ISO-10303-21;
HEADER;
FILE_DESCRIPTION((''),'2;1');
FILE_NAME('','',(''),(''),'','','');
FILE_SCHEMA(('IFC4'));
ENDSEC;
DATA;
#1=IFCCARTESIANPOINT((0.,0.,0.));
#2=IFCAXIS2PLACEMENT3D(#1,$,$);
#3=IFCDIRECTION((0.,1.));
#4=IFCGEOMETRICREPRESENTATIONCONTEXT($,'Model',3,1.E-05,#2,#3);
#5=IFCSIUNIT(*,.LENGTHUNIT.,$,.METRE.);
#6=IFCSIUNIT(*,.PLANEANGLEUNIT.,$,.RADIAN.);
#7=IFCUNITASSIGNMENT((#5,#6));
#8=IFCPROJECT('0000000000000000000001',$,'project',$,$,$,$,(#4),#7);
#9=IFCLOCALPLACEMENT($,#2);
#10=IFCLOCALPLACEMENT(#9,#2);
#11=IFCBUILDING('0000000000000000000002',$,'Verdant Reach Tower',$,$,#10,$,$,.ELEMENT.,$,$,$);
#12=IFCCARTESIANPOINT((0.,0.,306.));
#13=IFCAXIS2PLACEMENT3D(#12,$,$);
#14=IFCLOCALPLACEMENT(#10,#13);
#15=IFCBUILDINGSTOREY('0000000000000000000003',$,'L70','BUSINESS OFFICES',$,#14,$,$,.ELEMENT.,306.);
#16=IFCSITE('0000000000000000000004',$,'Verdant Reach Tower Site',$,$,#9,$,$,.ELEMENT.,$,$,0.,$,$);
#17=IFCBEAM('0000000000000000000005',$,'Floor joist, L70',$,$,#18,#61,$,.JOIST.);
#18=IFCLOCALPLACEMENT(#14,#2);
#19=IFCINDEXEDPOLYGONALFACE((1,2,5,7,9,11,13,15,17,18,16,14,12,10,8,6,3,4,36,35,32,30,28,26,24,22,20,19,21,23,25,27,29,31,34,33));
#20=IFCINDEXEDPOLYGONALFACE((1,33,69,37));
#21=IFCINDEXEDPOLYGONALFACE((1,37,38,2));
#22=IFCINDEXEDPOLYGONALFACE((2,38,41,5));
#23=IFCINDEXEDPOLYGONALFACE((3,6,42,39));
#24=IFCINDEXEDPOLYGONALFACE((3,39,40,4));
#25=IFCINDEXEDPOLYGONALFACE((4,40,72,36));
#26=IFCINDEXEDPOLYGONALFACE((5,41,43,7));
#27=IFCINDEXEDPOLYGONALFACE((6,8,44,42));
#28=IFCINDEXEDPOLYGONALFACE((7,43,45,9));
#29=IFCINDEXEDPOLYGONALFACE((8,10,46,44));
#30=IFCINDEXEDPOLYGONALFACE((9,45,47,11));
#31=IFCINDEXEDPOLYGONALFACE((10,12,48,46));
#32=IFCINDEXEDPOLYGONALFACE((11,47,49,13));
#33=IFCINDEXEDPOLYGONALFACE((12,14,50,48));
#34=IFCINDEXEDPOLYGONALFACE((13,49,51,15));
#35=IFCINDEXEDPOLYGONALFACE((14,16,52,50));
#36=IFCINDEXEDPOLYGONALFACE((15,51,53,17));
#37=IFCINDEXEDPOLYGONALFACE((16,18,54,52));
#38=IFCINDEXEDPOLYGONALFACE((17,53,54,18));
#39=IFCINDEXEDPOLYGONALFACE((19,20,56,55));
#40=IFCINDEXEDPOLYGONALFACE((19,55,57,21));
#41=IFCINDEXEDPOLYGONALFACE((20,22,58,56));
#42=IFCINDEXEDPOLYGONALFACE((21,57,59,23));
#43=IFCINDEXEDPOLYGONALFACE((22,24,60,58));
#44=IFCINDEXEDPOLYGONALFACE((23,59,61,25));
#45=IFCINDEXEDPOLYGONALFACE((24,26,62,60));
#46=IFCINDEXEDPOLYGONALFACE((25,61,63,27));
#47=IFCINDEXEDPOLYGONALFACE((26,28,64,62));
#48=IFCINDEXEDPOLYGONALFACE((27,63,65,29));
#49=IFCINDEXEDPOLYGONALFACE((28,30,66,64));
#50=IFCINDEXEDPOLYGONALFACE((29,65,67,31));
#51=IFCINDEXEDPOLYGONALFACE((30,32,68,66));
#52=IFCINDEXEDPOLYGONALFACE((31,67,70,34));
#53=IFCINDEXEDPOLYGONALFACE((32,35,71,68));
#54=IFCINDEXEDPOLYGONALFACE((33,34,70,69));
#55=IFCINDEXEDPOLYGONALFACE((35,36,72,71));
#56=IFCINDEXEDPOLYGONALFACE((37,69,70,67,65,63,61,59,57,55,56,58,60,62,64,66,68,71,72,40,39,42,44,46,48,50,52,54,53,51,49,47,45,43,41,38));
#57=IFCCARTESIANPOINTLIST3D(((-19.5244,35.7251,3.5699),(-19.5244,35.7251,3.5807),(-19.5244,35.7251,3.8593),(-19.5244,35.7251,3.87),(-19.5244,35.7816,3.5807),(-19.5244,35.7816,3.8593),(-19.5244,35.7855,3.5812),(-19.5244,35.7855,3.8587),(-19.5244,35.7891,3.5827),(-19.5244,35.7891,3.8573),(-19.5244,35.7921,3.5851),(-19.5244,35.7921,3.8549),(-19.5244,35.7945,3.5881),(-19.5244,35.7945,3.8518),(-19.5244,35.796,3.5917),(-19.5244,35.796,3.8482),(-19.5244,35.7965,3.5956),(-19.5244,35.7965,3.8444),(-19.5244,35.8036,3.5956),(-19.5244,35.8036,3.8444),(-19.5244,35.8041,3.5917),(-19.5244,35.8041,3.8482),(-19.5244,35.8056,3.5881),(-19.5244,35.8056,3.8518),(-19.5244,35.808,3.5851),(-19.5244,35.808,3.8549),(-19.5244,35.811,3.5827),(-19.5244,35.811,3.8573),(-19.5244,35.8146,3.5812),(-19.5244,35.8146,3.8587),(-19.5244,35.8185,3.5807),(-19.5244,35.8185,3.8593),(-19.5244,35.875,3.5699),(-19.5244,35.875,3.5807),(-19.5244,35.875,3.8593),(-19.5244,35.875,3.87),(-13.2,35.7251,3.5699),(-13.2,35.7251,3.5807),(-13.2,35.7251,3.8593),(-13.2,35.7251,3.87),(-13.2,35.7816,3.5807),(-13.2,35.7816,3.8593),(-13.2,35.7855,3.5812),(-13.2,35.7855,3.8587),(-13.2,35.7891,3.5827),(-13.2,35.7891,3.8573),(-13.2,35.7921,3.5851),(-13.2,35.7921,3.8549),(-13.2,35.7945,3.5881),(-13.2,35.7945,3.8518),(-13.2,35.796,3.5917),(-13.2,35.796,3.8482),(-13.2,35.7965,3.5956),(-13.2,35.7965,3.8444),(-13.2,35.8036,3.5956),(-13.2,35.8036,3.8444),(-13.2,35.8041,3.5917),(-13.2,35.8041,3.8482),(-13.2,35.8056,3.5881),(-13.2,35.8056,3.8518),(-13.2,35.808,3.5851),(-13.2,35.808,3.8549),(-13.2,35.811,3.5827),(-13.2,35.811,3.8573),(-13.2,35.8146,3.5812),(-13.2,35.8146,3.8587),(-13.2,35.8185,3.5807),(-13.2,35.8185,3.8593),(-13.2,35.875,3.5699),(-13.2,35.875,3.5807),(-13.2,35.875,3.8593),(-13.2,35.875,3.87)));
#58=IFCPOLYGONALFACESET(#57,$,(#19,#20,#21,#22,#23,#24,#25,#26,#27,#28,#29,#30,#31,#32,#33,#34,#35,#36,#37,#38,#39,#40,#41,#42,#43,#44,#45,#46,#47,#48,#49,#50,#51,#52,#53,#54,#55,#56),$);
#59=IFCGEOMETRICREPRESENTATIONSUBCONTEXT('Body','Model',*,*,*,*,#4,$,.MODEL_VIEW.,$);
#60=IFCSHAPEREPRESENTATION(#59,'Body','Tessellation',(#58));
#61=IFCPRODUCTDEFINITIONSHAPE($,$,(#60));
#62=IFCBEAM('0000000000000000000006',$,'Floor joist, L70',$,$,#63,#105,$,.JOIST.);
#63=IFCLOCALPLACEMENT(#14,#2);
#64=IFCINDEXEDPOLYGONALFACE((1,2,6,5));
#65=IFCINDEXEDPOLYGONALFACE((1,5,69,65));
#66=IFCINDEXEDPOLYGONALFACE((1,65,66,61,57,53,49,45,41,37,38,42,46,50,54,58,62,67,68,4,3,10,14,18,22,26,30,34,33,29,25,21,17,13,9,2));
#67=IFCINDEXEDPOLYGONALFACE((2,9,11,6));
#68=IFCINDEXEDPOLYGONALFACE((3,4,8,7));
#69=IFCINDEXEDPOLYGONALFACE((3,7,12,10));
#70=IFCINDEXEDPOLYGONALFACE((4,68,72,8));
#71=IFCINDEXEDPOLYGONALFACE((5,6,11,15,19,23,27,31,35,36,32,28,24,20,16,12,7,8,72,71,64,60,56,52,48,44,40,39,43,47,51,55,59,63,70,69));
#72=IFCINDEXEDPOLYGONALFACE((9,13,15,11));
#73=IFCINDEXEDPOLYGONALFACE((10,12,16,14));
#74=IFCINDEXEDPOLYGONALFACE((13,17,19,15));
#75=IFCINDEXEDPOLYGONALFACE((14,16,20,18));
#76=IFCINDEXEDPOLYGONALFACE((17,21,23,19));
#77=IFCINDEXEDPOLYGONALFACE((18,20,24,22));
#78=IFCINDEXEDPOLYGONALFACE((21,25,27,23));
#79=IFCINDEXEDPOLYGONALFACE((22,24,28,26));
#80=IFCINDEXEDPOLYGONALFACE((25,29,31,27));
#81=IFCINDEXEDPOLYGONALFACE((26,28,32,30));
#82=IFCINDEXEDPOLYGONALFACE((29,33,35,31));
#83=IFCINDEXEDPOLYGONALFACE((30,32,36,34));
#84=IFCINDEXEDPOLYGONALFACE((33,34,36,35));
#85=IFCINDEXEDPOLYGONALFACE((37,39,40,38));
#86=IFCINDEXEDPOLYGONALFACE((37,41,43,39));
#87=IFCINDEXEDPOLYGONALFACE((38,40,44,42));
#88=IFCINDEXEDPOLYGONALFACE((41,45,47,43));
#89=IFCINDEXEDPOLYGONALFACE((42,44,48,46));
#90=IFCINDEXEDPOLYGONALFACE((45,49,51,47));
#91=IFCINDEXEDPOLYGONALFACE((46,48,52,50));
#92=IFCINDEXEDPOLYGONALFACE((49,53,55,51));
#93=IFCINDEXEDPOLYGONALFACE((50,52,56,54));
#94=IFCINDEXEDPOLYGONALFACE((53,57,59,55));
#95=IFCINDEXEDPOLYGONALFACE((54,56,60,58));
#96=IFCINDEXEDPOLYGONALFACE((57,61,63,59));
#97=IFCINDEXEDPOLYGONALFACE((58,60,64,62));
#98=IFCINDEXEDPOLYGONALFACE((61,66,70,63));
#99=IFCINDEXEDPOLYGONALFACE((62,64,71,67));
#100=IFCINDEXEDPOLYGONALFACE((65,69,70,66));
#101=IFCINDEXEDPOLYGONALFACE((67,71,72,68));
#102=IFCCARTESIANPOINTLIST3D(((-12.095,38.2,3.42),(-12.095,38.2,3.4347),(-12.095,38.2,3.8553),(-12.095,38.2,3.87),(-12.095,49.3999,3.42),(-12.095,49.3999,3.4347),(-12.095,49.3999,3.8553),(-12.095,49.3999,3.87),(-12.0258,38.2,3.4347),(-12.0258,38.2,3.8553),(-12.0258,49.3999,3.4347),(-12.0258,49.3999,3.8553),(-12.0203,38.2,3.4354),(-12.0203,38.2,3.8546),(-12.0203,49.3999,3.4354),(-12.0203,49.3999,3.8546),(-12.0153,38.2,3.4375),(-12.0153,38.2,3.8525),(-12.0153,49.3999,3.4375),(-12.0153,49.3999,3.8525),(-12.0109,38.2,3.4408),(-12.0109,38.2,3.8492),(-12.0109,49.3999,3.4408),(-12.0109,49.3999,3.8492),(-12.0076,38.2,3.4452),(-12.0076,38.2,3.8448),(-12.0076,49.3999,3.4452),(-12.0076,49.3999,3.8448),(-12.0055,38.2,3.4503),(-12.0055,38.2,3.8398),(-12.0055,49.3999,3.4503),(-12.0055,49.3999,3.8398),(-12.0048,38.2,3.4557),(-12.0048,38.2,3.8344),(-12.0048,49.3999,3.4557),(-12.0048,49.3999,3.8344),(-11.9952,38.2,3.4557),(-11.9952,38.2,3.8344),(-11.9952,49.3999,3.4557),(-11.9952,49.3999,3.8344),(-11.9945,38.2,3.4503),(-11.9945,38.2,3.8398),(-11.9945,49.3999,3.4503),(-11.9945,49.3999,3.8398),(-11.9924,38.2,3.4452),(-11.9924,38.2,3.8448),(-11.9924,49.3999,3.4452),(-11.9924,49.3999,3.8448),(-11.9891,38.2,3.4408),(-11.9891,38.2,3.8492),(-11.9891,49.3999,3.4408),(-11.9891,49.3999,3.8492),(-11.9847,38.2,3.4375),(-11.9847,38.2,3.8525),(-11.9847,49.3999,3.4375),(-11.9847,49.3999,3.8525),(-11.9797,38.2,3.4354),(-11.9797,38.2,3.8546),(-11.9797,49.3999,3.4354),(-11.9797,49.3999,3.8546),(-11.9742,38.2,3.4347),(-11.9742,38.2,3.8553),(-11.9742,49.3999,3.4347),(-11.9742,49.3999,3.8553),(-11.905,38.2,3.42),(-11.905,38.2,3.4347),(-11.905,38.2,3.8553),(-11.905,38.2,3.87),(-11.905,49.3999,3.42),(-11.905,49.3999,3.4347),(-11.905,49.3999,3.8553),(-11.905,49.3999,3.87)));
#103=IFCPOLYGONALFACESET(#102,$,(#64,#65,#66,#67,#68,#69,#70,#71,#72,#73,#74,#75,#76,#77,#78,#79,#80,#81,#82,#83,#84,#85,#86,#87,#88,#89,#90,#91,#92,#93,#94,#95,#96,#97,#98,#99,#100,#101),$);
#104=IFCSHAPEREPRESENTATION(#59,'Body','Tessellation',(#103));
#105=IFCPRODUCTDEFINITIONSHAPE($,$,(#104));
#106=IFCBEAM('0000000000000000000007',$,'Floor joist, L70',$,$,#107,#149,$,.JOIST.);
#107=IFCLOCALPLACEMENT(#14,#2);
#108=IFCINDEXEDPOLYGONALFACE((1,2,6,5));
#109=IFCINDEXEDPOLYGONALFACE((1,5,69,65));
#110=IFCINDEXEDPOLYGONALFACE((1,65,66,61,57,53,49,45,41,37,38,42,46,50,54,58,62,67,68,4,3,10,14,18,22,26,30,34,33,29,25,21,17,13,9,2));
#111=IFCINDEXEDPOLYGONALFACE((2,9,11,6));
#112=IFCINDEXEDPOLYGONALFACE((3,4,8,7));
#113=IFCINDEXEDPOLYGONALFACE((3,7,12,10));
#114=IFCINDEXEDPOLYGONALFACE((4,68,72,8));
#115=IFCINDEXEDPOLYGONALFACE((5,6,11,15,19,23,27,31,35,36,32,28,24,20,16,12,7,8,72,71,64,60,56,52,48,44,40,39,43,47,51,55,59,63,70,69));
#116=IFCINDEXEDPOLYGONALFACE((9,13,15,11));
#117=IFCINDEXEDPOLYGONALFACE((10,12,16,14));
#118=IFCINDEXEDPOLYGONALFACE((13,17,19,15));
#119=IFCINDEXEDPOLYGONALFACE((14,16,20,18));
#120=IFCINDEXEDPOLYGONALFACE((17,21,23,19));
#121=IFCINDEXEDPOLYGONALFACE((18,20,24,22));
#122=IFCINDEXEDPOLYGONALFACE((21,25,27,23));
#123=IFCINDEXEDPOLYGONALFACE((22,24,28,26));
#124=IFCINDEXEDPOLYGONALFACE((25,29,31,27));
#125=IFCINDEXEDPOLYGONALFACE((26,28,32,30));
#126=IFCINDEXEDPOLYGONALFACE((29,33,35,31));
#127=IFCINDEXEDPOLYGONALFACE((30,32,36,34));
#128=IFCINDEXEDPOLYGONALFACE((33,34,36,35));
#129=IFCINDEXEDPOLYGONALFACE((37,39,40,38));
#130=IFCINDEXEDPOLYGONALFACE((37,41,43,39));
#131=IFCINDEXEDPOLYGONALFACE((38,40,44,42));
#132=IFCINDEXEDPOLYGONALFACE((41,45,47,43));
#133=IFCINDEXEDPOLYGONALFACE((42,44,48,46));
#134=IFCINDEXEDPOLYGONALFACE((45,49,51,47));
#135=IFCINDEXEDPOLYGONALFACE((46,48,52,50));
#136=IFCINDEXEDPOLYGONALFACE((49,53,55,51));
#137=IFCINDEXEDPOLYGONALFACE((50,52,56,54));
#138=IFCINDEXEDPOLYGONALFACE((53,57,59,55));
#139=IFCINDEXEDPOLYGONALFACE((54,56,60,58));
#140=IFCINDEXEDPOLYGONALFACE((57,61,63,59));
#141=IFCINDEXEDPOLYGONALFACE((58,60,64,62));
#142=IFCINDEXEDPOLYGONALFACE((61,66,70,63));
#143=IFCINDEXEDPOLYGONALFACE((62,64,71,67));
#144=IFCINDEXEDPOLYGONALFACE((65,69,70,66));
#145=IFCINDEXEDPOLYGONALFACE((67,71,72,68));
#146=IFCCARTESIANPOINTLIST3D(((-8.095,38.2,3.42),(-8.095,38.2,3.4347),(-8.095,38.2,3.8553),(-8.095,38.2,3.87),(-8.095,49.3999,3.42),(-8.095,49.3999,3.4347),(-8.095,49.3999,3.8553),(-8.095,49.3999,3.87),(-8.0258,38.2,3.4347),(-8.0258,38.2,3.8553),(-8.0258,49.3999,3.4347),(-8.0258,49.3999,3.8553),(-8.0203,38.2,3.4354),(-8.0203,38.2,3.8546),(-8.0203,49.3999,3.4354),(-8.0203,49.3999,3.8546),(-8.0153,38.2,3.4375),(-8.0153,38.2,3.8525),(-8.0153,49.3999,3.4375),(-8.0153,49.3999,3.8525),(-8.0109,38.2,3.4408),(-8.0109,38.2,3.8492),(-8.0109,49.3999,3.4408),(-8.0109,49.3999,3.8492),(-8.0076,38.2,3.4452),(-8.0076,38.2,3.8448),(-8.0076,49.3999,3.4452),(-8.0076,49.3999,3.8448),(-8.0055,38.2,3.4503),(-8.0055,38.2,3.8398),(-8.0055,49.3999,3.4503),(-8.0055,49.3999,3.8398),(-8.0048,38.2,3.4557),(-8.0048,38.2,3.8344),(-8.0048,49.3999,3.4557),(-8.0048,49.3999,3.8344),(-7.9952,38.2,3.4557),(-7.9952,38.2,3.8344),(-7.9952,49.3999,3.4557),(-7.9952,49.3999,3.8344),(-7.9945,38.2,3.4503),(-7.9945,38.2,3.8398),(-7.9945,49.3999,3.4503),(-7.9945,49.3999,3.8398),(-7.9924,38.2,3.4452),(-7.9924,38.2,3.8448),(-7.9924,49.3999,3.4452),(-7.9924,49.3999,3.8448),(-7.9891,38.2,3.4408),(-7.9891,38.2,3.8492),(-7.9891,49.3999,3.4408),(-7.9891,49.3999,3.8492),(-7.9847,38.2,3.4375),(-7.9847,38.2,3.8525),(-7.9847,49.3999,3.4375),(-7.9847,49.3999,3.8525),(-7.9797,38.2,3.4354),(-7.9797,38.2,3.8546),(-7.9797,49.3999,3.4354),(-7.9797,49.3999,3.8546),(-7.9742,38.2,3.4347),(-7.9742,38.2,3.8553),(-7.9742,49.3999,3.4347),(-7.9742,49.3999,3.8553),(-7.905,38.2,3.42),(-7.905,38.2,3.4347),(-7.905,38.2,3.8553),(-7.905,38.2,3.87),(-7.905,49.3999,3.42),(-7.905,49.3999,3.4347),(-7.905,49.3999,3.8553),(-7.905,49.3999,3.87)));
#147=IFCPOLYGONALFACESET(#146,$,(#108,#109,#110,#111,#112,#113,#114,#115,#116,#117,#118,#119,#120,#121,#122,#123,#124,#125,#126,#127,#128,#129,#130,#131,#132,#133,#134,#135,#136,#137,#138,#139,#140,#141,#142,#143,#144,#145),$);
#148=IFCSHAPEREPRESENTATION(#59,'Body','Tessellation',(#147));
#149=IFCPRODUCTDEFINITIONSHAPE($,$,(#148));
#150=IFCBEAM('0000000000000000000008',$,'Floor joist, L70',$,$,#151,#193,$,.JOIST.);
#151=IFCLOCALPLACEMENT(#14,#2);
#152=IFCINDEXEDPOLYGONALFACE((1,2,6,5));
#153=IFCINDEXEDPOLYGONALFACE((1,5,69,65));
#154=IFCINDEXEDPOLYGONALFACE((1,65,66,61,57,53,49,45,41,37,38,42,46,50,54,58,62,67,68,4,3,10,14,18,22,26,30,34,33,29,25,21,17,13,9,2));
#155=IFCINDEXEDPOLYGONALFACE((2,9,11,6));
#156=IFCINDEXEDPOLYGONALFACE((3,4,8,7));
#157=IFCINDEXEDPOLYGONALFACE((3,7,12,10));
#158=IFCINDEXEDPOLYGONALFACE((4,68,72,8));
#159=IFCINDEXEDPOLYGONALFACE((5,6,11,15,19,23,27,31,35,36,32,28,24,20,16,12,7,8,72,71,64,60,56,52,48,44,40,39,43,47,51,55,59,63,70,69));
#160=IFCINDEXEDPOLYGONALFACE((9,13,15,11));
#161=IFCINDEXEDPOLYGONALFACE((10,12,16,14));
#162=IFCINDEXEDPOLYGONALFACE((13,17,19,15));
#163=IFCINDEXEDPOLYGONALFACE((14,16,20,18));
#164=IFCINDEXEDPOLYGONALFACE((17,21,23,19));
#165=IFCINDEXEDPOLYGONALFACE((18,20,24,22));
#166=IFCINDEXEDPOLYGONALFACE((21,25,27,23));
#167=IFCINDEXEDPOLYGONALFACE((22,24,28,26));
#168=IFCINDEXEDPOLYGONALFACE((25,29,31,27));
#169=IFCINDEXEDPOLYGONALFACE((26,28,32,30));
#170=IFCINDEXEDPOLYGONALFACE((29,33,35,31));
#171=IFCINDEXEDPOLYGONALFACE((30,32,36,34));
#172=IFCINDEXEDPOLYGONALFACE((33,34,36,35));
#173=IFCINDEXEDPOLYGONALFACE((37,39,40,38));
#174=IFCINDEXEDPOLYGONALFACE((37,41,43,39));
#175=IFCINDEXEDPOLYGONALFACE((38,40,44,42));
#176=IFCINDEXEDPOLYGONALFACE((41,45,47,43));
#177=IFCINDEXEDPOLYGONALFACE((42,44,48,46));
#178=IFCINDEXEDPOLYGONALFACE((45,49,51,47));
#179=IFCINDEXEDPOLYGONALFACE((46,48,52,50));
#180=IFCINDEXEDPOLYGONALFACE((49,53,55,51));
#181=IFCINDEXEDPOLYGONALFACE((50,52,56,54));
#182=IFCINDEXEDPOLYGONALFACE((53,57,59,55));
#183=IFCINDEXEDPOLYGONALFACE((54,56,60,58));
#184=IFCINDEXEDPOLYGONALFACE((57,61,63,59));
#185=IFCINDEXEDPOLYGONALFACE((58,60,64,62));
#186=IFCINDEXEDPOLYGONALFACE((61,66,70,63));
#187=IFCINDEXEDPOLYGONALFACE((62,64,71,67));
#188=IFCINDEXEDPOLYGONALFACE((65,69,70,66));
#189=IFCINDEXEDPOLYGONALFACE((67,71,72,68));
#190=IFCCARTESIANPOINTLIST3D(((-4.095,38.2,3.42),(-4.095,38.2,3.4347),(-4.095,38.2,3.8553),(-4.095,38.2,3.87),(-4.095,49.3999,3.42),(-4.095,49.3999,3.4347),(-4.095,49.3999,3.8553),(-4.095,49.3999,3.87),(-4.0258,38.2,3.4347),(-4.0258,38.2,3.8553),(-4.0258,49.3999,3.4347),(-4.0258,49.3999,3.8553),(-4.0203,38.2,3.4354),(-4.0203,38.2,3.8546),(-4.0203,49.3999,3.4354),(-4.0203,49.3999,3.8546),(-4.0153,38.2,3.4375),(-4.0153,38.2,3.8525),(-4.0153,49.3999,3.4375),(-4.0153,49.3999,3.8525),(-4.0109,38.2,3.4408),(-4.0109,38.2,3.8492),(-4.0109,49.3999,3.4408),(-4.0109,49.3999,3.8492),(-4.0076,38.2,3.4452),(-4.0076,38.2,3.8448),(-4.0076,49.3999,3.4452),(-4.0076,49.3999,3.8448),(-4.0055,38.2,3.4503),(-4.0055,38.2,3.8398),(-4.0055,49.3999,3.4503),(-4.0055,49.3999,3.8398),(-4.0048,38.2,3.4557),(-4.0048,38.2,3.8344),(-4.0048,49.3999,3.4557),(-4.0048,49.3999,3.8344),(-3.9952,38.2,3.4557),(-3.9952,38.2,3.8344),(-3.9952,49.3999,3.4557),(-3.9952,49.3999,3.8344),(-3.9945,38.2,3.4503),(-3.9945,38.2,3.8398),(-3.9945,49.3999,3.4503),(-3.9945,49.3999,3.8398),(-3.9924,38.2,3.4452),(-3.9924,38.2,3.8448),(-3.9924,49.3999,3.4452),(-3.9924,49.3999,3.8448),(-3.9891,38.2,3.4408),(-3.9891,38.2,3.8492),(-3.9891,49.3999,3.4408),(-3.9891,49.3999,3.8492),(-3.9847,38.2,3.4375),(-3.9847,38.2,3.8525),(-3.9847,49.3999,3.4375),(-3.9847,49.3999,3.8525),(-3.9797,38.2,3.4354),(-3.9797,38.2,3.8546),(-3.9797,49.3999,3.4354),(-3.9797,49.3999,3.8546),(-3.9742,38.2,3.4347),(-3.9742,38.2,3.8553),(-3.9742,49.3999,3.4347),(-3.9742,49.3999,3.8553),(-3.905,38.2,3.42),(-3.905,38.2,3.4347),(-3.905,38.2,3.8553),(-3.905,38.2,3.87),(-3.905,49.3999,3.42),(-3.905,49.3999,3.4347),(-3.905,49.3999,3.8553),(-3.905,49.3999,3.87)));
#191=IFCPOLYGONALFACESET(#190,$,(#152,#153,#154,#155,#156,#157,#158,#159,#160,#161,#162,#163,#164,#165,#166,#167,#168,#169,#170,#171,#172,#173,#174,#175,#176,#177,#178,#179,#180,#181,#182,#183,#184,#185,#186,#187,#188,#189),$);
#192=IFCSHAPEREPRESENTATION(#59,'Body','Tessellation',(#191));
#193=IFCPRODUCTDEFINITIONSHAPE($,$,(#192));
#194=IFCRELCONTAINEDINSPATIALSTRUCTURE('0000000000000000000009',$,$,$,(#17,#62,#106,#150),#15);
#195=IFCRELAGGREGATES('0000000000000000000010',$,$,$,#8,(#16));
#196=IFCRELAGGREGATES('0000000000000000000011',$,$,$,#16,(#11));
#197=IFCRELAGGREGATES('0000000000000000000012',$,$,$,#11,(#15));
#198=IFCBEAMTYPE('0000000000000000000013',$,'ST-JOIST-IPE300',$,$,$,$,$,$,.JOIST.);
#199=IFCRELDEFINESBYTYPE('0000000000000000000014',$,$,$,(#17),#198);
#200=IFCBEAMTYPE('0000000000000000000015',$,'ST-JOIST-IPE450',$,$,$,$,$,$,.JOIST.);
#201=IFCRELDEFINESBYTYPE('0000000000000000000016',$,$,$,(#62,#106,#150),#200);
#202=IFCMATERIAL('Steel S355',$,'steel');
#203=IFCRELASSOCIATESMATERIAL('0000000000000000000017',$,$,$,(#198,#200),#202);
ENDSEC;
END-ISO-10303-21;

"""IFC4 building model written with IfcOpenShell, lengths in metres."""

from ifc_helpers import new_model, si_unit, direction, frame, origin, origin_2d, place, context, subcontext, project, spatial, i_section, extrude, material, material_profile, profile_set, type_object, element, save


model = new_model("IFC4")

# Units and contexts
model_context = context("Model", 3, precision=1e-05, world=origin(), true_north=direction((0.0, 1.0)))
body_context = subcontext(model_context, "Body", "Model", "MODEL_VIEW")
ifc_project = project(units=[si_unit("LENGTHUNIT", "METRE"), si_unit("PLANEANGLEUNIT", "RADIAN")], contexts=[model_context])

# Site, building, storey
site_placement = place(None, origin())
site = spatial("IfcSite", under=ifc_project, at=site_placement, Name="Verdant Reach Tower Site", CompositionType="ELEMENT", RefElevation=0.0)
building_placement = place(site_placement, origin())
building = spatial("IfcBuilding", under=site, at=building_placement, Name="Verdant Reach Tower", CompositionType="ELEMENT")
storey_placement = place(building_placement, frame((0.0, 0.0, 306.0)))
storey = spatial("IfcBuildingStorey", under=building, at=storey_placement, Name="L70", Description="BUSINESS OFFICES", CompositionType="ELEMENT", Elevation=306.0)

# Beams
ifc_material_1 = material(Name="Steel S355", Category="steel")
ifc_material_profile_1 = material_profile(ifc_material_1, i_section(OverallWidth=0.1499, OverallDepth=0.3, WebThickness=0.0071, FlangeThickness=0.0107, FilletRadius=0.0149, at=origin_2d()), Name="IPE 300")
ifc_profile_set_1 = profile_set([ifc_material_profile_1], Name="Steel S355")
beam_type_1 = type_object("IfcBeamType", Name="ST-JOIST-IPE300", PredefinedType="JOIST", material=ifc_profile_set_1)
beam_1_placement = place(storey_placement, frame((-13.2, 35.8, 3.72), z_axis=(-1.0, 0.0, 0.0), x_axis=(0.0, -1.0, 0.0)))
element("IfcBeam", 1, at=beam_1_placement, inside=storey, type_object=beam_type_1, Name="Floor joist, L70", PredefinedType="JOIST", context=body_context, shape_type="SweptSolid", body=[
    extrude(i_section(OverallWidth=0.1499, OverallDepth=0.3, WebThickness=0.0071, FlangeThickness=0.0107, FilletRadius=0.0149, at=origin_2d()), origin(), (0.0, 0.0, 1.0), 6.3245),
])
ifc_material_profile_2 = material_profile(ifc_material_1, i_section(OverallWidth=0.1899, OverallDepth=0.45, WebThickness=0.0095, FlangeThickness=0.0146, FilletRadius=0.021, at=origin_2d()), Name="IPE 450")
ifc_profile_set_2 = profile_set([ifc_material_profile_2], Name="Steel S355")
beam_type_2 = type_object("IfcBeamType", Name="ST-JOIST-IPE450", PredefinedType="JOIST", material=ifc_profile_set_2)
for number, where, z_axis, x_axis, name in (
    (2, (-12.0, 38.2, 3.645), (0.0, 1.0, 0.0), (-1.0, 0.0, 0.0), "Floor joist, L70"),
    (3, (-8.0, 38.2, 3.645), (0.0, 1.0, 0.0), (-1.0, 0.0, 0.0), "Floor joist, L70"),
    (4, (-4.0, 38.2, 3.645), (0.0, 1.0, 0.0), (-1.0, 0.0, 0.0), "Floor joist, L70"),
):
    element("IfcBeam", number, at=place(storey_placement, frame(where, z_axis=z_axis, x_axis=x_axis)), inside=storey, type_object=beam_type_2, Name=name, PredefinedType="JOIST", context=body_context, shape_type="SweptSolid", body=[
        extrude(i_section(OverallWidth=0.1899, OverallDepth=0.45, WebThickness=0.0095, FlangeThickness=0.0146, FilletRadius=0.021, at=origin_2d()), origin(), (0.0, 0.0, 1.0), 11.2),
    ])

save(model, "model.ifc")
